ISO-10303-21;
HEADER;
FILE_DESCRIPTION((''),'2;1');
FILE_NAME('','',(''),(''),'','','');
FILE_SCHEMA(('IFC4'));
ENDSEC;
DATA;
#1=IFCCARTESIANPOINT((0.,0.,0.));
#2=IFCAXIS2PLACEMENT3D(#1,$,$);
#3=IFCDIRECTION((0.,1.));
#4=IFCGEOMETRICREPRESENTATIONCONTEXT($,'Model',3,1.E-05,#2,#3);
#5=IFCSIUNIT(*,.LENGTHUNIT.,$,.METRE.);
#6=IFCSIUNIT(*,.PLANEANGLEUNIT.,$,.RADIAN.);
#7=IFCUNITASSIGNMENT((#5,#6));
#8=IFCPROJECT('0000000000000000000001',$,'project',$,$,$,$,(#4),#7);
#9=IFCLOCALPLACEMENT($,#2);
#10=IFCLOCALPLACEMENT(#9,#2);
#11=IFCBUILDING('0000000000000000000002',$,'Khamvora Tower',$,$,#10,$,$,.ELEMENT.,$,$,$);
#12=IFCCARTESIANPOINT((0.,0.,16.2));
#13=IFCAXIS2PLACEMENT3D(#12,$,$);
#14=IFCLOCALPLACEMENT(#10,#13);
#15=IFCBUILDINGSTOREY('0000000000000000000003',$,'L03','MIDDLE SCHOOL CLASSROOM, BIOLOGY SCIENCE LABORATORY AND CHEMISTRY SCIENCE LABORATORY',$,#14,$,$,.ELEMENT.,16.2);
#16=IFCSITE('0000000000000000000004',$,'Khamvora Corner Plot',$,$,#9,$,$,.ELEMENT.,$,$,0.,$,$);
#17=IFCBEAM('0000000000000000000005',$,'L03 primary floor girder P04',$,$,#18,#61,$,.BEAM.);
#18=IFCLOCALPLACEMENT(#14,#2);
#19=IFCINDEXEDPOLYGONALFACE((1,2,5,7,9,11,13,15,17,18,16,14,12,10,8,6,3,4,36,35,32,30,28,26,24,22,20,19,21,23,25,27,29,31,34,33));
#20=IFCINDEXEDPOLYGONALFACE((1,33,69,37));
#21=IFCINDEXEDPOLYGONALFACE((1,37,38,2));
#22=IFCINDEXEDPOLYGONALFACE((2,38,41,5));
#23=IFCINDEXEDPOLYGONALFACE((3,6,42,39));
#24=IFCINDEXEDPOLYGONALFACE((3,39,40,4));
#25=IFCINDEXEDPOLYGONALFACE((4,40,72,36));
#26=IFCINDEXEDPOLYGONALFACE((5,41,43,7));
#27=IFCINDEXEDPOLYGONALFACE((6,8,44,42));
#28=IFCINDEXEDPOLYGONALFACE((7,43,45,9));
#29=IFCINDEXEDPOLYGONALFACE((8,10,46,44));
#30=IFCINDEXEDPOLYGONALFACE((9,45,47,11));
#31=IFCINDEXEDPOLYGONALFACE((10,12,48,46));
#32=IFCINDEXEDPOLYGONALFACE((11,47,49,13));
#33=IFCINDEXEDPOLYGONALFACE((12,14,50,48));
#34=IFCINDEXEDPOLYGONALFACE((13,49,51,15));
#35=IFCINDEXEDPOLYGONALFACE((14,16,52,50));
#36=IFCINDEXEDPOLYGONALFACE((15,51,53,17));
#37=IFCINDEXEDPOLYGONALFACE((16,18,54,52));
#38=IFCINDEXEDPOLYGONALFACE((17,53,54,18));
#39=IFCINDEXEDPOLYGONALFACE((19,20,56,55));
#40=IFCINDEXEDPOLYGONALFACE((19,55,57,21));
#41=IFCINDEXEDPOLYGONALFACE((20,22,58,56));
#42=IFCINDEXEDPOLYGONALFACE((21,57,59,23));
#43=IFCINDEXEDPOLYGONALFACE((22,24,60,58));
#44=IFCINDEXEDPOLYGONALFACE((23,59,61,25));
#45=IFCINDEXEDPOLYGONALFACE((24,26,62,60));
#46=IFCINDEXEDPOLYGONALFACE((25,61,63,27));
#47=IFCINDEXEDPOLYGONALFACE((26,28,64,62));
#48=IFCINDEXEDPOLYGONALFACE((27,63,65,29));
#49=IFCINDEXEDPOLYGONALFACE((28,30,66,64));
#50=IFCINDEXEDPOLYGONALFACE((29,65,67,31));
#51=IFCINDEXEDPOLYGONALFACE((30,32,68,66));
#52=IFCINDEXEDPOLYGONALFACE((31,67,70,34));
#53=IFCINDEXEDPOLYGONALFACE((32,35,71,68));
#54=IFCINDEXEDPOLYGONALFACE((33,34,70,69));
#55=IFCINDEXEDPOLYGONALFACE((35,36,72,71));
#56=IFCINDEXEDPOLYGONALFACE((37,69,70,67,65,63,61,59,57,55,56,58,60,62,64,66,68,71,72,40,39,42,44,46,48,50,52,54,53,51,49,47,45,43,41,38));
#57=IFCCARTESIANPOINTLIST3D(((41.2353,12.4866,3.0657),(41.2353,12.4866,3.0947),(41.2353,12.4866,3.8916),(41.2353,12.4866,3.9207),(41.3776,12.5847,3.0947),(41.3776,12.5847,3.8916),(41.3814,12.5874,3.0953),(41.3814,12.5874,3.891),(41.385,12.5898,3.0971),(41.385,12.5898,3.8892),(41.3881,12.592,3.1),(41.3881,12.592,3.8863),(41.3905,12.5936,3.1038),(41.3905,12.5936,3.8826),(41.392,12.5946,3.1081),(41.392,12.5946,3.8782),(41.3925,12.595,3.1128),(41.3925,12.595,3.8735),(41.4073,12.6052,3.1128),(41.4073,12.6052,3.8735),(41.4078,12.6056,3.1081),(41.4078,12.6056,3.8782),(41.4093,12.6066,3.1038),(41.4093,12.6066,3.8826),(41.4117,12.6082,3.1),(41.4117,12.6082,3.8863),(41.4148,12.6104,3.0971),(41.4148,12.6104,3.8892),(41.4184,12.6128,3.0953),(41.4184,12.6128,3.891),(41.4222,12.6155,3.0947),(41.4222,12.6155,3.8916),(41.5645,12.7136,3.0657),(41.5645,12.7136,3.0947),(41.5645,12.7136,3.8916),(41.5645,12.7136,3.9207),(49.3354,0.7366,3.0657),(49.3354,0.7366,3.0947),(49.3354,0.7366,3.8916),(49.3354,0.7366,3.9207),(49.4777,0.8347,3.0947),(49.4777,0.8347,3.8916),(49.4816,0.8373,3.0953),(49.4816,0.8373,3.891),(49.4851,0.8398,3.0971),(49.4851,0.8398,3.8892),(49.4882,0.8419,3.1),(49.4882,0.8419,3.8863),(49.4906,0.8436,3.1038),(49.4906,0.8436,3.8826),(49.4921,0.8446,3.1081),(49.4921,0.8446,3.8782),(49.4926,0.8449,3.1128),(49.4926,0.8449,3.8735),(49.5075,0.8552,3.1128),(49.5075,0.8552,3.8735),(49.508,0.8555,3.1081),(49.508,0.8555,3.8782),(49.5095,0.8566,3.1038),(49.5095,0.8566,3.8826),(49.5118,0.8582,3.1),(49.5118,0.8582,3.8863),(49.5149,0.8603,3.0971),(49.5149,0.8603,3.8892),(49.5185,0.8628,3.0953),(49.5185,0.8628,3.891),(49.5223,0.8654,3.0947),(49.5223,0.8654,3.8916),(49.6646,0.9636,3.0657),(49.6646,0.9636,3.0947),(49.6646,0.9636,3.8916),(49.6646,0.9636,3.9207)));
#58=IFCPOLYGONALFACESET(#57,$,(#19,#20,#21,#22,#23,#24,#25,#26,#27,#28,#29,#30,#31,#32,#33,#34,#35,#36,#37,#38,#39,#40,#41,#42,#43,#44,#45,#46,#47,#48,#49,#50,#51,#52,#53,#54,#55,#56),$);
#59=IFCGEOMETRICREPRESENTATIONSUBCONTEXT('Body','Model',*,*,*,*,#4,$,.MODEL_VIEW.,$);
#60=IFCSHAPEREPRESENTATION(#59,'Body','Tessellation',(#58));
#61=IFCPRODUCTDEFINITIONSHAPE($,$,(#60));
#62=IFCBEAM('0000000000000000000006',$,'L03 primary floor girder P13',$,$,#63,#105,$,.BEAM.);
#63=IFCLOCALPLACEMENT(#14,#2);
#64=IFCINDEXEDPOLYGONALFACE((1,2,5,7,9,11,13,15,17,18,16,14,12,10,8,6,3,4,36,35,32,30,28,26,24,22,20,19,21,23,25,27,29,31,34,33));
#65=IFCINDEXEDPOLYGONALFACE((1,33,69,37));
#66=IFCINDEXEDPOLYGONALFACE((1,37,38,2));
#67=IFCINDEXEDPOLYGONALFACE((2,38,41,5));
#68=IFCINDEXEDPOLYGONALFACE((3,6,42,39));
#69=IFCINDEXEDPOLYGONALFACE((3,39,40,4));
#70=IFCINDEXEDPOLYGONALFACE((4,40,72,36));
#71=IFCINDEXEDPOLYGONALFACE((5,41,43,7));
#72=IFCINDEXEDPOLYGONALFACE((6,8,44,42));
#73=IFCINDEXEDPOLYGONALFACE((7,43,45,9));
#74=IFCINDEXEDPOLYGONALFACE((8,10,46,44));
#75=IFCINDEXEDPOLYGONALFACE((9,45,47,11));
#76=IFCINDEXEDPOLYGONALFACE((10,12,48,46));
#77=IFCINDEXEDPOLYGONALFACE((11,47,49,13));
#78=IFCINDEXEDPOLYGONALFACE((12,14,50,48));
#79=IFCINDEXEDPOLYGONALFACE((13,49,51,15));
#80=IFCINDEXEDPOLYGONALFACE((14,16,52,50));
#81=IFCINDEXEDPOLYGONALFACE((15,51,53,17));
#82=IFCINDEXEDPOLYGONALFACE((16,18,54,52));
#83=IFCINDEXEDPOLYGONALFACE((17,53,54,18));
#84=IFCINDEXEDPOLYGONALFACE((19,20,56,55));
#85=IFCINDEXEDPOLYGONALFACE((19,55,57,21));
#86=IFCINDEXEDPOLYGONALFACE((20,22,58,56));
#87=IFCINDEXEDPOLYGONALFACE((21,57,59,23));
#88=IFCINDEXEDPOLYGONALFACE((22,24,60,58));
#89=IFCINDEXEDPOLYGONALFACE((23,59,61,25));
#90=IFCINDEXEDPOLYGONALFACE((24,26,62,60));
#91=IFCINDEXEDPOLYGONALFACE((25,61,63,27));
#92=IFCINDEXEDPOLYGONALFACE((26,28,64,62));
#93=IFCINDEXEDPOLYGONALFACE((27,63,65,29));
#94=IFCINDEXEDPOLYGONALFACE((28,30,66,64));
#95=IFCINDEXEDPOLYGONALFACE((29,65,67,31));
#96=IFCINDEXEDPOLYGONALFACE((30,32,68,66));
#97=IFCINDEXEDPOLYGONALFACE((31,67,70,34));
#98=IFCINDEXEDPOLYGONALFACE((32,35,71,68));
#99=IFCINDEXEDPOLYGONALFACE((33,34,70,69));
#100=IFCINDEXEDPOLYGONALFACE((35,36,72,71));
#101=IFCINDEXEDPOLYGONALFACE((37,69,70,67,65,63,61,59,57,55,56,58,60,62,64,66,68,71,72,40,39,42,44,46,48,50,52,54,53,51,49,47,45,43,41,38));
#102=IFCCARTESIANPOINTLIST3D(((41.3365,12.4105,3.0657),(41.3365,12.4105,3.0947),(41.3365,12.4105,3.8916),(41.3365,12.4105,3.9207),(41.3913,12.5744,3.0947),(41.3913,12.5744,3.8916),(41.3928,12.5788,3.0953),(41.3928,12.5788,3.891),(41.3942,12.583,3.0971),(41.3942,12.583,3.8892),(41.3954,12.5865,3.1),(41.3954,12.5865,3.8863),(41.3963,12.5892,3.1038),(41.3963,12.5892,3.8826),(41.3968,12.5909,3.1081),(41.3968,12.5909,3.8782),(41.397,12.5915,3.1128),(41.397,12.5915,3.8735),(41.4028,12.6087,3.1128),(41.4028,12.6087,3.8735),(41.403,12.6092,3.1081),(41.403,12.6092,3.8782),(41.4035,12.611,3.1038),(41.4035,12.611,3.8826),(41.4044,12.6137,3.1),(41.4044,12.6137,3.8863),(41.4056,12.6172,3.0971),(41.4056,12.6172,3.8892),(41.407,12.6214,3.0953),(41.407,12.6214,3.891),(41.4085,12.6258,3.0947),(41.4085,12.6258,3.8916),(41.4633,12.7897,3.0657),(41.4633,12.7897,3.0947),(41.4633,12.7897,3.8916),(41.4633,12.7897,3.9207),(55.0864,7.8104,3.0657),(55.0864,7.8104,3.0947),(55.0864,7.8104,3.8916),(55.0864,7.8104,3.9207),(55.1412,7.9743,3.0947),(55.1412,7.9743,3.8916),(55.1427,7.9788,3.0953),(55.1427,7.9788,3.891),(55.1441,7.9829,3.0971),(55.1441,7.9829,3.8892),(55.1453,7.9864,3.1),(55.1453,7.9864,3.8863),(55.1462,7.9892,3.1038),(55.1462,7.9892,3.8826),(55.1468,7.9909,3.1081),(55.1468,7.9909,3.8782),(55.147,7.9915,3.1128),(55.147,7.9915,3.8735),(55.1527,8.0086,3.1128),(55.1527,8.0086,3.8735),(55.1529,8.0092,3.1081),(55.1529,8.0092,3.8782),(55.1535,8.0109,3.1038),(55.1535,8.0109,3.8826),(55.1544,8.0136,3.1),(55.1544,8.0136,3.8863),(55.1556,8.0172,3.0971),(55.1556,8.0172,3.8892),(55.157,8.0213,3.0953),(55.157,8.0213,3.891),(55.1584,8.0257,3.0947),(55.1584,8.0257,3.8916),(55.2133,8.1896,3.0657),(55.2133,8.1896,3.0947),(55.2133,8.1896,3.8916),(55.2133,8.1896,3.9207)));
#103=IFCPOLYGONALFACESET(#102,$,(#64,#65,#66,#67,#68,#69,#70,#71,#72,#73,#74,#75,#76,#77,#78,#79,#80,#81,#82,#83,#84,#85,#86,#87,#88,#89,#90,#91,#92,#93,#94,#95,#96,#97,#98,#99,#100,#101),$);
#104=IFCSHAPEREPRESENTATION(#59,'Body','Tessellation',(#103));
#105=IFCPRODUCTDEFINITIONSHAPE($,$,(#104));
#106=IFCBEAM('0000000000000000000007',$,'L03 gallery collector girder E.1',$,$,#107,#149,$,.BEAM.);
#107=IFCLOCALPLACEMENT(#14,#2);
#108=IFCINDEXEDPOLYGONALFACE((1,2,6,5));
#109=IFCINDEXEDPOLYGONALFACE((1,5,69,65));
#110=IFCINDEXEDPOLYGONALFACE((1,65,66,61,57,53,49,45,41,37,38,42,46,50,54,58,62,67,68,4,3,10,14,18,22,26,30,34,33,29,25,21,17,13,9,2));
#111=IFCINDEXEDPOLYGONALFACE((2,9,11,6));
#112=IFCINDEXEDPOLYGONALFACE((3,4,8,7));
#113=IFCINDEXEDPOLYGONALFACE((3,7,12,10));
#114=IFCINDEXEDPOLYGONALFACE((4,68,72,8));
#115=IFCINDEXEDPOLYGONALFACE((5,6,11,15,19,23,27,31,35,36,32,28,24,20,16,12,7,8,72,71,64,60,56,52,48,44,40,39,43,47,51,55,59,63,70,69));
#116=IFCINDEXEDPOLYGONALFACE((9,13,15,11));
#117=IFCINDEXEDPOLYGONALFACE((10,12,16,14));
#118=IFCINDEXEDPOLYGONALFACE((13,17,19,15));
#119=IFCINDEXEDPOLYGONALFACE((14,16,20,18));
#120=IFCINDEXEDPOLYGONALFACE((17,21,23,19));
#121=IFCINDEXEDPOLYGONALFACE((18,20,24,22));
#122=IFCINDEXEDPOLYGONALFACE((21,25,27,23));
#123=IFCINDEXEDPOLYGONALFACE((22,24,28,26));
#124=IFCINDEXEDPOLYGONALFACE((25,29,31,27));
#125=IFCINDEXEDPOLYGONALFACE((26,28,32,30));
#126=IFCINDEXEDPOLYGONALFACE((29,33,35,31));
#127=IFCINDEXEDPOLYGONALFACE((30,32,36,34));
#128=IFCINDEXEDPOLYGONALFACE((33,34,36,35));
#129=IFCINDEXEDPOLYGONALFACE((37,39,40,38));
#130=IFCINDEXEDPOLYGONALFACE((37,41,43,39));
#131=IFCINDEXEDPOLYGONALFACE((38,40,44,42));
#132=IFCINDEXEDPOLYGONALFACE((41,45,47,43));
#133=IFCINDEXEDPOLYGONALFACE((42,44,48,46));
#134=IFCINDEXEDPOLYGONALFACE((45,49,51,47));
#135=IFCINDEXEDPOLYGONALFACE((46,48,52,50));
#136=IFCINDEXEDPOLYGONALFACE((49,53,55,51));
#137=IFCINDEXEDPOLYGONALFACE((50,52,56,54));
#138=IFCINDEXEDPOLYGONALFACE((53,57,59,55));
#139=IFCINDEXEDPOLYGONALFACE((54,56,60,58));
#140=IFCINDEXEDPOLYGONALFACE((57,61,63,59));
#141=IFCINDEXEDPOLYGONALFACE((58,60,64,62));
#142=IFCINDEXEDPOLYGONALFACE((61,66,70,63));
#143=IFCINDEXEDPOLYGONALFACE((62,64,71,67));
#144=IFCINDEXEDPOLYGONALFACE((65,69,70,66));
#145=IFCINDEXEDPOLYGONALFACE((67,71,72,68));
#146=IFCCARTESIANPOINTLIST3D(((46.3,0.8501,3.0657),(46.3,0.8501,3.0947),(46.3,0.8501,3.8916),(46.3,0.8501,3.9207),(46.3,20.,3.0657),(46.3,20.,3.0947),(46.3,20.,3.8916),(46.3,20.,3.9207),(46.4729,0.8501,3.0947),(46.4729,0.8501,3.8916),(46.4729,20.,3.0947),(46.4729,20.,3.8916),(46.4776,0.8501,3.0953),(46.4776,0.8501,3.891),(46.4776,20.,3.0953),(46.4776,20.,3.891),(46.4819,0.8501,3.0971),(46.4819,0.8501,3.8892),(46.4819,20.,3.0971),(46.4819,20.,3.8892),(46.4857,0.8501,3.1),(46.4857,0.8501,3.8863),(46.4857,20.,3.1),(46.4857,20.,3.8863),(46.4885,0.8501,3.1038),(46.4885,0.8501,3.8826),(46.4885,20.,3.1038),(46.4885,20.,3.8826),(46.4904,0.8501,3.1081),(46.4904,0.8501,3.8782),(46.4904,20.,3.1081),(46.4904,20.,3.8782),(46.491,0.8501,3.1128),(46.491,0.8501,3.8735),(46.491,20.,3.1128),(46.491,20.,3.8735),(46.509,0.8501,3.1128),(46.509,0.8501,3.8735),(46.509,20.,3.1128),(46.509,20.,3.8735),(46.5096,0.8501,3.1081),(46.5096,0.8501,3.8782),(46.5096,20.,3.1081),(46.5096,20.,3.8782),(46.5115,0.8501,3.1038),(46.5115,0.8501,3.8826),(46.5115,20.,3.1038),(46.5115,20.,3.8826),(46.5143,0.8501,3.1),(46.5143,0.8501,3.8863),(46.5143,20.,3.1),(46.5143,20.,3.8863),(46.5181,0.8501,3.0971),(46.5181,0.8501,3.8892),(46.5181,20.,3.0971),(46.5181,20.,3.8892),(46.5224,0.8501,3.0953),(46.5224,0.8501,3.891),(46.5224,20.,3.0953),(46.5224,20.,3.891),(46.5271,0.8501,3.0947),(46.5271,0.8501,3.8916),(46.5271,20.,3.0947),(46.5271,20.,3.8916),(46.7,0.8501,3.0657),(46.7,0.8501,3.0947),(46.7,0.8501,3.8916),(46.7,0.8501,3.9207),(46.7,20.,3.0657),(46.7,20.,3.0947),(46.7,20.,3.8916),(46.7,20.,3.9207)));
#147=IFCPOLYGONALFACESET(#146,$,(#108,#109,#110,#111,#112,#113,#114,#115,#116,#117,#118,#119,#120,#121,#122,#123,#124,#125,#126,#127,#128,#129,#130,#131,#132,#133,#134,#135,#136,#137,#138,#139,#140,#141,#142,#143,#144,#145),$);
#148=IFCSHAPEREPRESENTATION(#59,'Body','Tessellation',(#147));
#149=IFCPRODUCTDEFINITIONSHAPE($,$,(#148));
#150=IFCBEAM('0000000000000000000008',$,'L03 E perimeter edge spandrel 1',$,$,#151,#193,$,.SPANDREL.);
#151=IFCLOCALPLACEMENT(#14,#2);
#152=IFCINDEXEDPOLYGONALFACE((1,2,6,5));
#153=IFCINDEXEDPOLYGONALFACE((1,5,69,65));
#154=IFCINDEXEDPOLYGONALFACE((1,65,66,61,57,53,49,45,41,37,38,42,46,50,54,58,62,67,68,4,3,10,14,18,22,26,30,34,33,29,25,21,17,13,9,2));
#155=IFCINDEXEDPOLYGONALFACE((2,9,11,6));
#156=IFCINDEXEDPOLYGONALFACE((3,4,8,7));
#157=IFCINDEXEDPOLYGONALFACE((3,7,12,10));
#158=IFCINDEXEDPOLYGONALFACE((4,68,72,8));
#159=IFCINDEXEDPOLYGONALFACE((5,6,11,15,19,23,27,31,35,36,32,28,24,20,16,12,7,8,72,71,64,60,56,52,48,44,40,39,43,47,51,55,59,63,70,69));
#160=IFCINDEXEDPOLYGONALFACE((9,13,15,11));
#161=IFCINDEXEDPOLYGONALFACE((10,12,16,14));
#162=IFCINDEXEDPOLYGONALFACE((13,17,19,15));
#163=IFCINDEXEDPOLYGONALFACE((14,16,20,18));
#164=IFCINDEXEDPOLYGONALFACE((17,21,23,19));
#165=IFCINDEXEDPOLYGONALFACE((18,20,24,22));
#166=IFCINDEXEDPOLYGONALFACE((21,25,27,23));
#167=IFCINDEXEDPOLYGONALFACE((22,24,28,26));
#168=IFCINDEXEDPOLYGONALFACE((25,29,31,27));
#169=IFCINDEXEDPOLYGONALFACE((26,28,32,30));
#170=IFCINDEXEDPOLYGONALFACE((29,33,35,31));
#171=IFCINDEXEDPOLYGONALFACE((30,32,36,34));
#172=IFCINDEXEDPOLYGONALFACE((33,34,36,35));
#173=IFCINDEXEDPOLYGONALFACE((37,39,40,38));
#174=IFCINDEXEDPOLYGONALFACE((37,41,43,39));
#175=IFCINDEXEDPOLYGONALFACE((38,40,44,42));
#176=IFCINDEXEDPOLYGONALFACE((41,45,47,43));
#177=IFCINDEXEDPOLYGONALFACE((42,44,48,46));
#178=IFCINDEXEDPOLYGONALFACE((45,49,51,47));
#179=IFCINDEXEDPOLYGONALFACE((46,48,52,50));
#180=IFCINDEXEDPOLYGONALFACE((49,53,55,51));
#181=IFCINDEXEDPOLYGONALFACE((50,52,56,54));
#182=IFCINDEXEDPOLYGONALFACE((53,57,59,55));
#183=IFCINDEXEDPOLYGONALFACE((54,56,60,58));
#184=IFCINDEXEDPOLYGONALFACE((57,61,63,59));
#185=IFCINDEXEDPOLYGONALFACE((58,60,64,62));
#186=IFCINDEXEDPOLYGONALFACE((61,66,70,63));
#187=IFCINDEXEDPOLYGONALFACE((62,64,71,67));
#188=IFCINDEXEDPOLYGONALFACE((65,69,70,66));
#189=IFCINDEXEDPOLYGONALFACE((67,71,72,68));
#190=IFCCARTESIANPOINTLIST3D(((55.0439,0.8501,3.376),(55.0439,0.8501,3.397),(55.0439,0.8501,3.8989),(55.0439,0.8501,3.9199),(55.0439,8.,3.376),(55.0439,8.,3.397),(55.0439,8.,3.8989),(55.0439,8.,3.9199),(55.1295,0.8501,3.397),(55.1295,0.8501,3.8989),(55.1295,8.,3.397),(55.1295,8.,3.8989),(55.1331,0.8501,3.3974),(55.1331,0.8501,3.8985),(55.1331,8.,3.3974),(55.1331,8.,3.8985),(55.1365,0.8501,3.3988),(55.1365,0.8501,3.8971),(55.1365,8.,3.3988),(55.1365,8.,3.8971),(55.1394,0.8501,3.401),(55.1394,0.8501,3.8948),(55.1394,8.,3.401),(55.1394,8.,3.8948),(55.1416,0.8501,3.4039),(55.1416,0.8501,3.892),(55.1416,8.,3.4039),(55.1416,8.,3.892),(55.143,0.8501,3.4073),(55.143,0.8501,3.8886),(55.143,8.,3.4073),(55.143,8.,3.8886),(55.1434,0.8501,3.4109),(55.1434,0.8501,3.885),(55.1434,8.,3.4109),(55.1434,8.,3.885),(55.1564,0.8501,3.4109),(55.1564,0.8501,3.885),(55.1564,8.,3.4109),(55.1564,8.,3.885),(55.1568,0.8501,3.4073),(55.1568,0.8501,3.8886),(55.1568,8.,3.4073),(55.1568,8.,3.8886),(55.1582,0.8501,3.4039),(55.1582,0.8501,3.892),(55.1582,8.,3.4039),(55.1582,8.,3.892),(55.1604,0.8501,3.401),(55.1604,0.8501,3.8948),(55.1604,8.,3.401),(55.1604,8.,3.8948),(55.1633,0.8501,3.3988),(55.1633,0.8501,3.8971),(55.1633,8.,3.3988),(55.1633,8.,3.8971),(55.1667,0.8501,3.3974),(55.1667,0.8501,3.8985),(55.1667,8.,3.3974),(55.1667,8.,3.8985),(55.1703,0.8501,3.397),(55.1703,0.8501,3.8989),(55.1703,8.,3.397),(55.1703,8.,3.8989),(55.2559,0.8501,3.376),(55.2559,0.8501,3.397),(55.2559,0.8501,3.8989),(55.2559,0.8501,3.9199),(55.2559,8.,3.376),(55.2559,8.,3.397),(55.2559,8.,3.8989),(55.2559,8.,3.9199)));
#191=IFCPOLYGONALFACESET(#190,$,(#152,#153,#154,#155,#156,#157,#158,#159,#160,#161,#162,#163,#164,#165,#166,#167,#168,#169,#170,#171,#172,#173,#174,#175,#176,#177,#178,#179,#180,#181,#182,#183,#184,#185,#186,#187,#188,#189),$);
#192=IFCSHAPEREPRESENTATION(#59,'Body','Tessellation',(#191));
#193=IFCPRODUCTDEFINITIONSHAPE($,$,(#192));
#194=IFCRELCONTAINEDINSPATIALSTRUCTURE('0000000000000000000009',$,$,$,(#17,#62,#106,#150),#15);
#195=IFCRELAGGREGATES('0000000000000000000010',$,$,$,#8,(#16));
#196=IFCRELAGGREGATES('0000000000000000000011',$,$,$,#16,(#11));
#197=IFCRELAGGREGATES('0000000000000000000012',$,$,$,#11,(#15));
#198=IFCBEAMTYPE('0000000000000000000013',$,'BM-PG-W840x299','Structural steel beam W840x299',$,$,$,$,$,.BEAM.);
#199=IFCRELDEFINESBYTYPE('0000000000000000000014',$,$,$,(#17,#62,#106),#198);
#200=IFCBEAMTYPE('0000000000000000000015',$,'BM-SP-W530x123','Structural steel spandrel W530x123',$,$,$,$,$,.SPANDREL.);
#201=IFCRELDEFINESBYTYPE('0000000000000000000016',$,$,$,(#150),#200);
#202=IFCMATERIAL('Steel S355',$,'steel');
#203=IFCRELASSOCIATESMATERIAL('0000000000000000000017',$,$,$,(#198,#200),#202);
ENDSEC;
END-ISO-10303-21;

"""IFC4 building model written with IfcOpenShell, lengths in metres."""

from ifc_helpers import new_model, si_unit, direction, frame, origin, origin_2d, place, context, subcontext, project, spatial, i_section, extrude, material, material_profile, profile_set, type_object, element, save


model = new_model("IFC4")

# Units and contexts
model_context = context("Model", 3, precision=1e-05, world=origin(), true_north=direction((0.0, 1.0)))
body_context = subcontext(model_context, "Body", "Model", "MODEL_VIEW")
ifc_project = project(units=[si_unit("LENGTHUNIT", "METRE"), si_unit("PLANEANGLEUNIT", "RADIAN")], contexts=[model_context])

# Site, building, storey
site_placement = place(None, origin())
site = spatial("IfcSite", under=ifc_project, at=site_placement, Name="Khamvora Corner Plot", CompositionType="ELEMENT", RefElevation=0.0)
building_placement = place(site_placement, origin())
building = spatial("IfcBuilding", under=site, at=building_placement, Name="Khamvora Tower", CompositionType="ELEMENT")
storey_placement = place(building_placement, frame((0.0, 0.0, 16.2)))
storey = spatial("IfcBuildingStorey", under=building, at=storey_placement, Name="L03", Description="MIDDLE SCHOOL CLASSROOM, BIOLOGY SCIENCE LABORATORY AND CHEMISTRY SCIENCE LABORATORY", CompositionType="ELEMENT", Elevation=16.2)

# Beams
ifc_material_1 = material(Name="Steel S355", Category="steel")
ifc_material_profile_1 = material_profile(ifc_material_1, i_section(OverallWidth=0.3999, OverallDepth=0.855, WebThickness=0.0181, FlangeThickness=0.0291, FilletRadius=0.0181, at=origin_2d()), Name="W840x299")
ifc_profile_set_1 = profile_set([ifc_material_profile_1], Name="Steel S355")
beam_type_1 = type_object("IfcBeamType", Name="BM-PG-W840x299", Description="Structural steel beam W840x299", PredefinedType="BEAM", material=ifc_profile_set_1)
beam_1_placement = place(storey_placement, frame((41.3999, 12.6001, 3.4932), z_axis=(0.567574, -0.823322, 0.0), x_axis=(0.823322, 0.567574, 0.0)))
element("IfcBeam", 1, at=beam_1_placement, inside=storey, type_object=beam_type_1, Name="L03 primary floor girder P04", PredefinedType="BEAM", context=body_context, shape_type="SweptSolid", body=[
    extrude(i_section(OverallWidth=0.3999, OverallDepth=0.855, WebThickness=0.0181, FlangeThickness=0.0291, FilletRadius=0.0181, at=origin_2d()), origin(), (0.0, 0.0, 1.0), 14.2715),
])
beam_2_placement = place(storey_placement, frame((41.3999, 12.6001, 3.4932), z_axis=(0.948336, -0.317268, 0.0), x_axis=(0.317268, 0.948336, 0.0)))
element("IfcBeam", 2, at=beam_2_placement, inside=storey, type_object=beam_type_1, Name="L03 primary floor girder P13", PredefinedType="BEAM", context=body_context, shape_type="SweptSolid", body=[
    extrude(i_section(OverallWidth=0.3999, OverallDepth=0.855, WebThickness=0.0181, FlangeThickness=0.0291, FilletRadius=0.0181, at=origin_2d()), origin(), (0.0, 0.0, 1.0), 14.499),
])
beam_3_placement = place(storey_placement, frame((46.5, 0.8501, 3.4932), z_axis=(0.0, 1.0, 0.0), x_axis=(-1.0, 0.0, 0.0)))
element("IfcBeam", 3, at=beam_3_placement, inside=storey, type_object=beam_type_1, Name="L03 gallery collector girder E.1", PredefinedType="BEAM", context=body_context, shape_type="SweptSolid", body=[
    extrude(i_section(OverallWidth=0.3999, OverallDepth=0.855, WebThickness=0.0181, FlangeThickness=0.0291, FilletRadius=0.0181, at=origin_2d()), origin(), (0.0, 0.0, 1.0), 19.1499),
])
ifc_material_profile_2 = material_profile(ifc_material_1, i_section(OverallWidth=0.2119, OverallDepth=0.5439, WebThickness=0.0129, FlangeThickness=0.021, FilletRadius=0.0139, at=origin_2d()), Name="W530x123")
ifc_profile_set_2 = profile_set([ifc_material_profile_2], Name="Steel S355")
beam_type_2 = type_object("IfcBeamType", Name="BM-SP-W530x123", Description="Structural steel spandrel W530x123", PredefinedType="SPANDREL", material=ifc_profile_set_2)
beam_4_placement = place(storey_placement, frame((55.1499, 0.8501, 3.6479), z_axis=(0.0, 1.0, 0.0), x_axis=(-1.0, 0.0, 0.0)))
element("IfcBeam", 4, at=beam_4_placement, inside=storey, type_object=beam_type_2, Name="L03 E perimeter edge spandrel 1", PredefinedType="SPANDREL", context=body_context, shape_type="SweptSolid", body=[
    extrude(i_section(OverallWidth=0.2119, OverallDepth=0.5439, WebThickness=0.0129, FlangeThickness=0.021, FilletRadius=0.0139, at=origin_2d()), origin(), (0.0, 0.0, 1.0), 7.1499),
])

save(model, "model.ifc")
